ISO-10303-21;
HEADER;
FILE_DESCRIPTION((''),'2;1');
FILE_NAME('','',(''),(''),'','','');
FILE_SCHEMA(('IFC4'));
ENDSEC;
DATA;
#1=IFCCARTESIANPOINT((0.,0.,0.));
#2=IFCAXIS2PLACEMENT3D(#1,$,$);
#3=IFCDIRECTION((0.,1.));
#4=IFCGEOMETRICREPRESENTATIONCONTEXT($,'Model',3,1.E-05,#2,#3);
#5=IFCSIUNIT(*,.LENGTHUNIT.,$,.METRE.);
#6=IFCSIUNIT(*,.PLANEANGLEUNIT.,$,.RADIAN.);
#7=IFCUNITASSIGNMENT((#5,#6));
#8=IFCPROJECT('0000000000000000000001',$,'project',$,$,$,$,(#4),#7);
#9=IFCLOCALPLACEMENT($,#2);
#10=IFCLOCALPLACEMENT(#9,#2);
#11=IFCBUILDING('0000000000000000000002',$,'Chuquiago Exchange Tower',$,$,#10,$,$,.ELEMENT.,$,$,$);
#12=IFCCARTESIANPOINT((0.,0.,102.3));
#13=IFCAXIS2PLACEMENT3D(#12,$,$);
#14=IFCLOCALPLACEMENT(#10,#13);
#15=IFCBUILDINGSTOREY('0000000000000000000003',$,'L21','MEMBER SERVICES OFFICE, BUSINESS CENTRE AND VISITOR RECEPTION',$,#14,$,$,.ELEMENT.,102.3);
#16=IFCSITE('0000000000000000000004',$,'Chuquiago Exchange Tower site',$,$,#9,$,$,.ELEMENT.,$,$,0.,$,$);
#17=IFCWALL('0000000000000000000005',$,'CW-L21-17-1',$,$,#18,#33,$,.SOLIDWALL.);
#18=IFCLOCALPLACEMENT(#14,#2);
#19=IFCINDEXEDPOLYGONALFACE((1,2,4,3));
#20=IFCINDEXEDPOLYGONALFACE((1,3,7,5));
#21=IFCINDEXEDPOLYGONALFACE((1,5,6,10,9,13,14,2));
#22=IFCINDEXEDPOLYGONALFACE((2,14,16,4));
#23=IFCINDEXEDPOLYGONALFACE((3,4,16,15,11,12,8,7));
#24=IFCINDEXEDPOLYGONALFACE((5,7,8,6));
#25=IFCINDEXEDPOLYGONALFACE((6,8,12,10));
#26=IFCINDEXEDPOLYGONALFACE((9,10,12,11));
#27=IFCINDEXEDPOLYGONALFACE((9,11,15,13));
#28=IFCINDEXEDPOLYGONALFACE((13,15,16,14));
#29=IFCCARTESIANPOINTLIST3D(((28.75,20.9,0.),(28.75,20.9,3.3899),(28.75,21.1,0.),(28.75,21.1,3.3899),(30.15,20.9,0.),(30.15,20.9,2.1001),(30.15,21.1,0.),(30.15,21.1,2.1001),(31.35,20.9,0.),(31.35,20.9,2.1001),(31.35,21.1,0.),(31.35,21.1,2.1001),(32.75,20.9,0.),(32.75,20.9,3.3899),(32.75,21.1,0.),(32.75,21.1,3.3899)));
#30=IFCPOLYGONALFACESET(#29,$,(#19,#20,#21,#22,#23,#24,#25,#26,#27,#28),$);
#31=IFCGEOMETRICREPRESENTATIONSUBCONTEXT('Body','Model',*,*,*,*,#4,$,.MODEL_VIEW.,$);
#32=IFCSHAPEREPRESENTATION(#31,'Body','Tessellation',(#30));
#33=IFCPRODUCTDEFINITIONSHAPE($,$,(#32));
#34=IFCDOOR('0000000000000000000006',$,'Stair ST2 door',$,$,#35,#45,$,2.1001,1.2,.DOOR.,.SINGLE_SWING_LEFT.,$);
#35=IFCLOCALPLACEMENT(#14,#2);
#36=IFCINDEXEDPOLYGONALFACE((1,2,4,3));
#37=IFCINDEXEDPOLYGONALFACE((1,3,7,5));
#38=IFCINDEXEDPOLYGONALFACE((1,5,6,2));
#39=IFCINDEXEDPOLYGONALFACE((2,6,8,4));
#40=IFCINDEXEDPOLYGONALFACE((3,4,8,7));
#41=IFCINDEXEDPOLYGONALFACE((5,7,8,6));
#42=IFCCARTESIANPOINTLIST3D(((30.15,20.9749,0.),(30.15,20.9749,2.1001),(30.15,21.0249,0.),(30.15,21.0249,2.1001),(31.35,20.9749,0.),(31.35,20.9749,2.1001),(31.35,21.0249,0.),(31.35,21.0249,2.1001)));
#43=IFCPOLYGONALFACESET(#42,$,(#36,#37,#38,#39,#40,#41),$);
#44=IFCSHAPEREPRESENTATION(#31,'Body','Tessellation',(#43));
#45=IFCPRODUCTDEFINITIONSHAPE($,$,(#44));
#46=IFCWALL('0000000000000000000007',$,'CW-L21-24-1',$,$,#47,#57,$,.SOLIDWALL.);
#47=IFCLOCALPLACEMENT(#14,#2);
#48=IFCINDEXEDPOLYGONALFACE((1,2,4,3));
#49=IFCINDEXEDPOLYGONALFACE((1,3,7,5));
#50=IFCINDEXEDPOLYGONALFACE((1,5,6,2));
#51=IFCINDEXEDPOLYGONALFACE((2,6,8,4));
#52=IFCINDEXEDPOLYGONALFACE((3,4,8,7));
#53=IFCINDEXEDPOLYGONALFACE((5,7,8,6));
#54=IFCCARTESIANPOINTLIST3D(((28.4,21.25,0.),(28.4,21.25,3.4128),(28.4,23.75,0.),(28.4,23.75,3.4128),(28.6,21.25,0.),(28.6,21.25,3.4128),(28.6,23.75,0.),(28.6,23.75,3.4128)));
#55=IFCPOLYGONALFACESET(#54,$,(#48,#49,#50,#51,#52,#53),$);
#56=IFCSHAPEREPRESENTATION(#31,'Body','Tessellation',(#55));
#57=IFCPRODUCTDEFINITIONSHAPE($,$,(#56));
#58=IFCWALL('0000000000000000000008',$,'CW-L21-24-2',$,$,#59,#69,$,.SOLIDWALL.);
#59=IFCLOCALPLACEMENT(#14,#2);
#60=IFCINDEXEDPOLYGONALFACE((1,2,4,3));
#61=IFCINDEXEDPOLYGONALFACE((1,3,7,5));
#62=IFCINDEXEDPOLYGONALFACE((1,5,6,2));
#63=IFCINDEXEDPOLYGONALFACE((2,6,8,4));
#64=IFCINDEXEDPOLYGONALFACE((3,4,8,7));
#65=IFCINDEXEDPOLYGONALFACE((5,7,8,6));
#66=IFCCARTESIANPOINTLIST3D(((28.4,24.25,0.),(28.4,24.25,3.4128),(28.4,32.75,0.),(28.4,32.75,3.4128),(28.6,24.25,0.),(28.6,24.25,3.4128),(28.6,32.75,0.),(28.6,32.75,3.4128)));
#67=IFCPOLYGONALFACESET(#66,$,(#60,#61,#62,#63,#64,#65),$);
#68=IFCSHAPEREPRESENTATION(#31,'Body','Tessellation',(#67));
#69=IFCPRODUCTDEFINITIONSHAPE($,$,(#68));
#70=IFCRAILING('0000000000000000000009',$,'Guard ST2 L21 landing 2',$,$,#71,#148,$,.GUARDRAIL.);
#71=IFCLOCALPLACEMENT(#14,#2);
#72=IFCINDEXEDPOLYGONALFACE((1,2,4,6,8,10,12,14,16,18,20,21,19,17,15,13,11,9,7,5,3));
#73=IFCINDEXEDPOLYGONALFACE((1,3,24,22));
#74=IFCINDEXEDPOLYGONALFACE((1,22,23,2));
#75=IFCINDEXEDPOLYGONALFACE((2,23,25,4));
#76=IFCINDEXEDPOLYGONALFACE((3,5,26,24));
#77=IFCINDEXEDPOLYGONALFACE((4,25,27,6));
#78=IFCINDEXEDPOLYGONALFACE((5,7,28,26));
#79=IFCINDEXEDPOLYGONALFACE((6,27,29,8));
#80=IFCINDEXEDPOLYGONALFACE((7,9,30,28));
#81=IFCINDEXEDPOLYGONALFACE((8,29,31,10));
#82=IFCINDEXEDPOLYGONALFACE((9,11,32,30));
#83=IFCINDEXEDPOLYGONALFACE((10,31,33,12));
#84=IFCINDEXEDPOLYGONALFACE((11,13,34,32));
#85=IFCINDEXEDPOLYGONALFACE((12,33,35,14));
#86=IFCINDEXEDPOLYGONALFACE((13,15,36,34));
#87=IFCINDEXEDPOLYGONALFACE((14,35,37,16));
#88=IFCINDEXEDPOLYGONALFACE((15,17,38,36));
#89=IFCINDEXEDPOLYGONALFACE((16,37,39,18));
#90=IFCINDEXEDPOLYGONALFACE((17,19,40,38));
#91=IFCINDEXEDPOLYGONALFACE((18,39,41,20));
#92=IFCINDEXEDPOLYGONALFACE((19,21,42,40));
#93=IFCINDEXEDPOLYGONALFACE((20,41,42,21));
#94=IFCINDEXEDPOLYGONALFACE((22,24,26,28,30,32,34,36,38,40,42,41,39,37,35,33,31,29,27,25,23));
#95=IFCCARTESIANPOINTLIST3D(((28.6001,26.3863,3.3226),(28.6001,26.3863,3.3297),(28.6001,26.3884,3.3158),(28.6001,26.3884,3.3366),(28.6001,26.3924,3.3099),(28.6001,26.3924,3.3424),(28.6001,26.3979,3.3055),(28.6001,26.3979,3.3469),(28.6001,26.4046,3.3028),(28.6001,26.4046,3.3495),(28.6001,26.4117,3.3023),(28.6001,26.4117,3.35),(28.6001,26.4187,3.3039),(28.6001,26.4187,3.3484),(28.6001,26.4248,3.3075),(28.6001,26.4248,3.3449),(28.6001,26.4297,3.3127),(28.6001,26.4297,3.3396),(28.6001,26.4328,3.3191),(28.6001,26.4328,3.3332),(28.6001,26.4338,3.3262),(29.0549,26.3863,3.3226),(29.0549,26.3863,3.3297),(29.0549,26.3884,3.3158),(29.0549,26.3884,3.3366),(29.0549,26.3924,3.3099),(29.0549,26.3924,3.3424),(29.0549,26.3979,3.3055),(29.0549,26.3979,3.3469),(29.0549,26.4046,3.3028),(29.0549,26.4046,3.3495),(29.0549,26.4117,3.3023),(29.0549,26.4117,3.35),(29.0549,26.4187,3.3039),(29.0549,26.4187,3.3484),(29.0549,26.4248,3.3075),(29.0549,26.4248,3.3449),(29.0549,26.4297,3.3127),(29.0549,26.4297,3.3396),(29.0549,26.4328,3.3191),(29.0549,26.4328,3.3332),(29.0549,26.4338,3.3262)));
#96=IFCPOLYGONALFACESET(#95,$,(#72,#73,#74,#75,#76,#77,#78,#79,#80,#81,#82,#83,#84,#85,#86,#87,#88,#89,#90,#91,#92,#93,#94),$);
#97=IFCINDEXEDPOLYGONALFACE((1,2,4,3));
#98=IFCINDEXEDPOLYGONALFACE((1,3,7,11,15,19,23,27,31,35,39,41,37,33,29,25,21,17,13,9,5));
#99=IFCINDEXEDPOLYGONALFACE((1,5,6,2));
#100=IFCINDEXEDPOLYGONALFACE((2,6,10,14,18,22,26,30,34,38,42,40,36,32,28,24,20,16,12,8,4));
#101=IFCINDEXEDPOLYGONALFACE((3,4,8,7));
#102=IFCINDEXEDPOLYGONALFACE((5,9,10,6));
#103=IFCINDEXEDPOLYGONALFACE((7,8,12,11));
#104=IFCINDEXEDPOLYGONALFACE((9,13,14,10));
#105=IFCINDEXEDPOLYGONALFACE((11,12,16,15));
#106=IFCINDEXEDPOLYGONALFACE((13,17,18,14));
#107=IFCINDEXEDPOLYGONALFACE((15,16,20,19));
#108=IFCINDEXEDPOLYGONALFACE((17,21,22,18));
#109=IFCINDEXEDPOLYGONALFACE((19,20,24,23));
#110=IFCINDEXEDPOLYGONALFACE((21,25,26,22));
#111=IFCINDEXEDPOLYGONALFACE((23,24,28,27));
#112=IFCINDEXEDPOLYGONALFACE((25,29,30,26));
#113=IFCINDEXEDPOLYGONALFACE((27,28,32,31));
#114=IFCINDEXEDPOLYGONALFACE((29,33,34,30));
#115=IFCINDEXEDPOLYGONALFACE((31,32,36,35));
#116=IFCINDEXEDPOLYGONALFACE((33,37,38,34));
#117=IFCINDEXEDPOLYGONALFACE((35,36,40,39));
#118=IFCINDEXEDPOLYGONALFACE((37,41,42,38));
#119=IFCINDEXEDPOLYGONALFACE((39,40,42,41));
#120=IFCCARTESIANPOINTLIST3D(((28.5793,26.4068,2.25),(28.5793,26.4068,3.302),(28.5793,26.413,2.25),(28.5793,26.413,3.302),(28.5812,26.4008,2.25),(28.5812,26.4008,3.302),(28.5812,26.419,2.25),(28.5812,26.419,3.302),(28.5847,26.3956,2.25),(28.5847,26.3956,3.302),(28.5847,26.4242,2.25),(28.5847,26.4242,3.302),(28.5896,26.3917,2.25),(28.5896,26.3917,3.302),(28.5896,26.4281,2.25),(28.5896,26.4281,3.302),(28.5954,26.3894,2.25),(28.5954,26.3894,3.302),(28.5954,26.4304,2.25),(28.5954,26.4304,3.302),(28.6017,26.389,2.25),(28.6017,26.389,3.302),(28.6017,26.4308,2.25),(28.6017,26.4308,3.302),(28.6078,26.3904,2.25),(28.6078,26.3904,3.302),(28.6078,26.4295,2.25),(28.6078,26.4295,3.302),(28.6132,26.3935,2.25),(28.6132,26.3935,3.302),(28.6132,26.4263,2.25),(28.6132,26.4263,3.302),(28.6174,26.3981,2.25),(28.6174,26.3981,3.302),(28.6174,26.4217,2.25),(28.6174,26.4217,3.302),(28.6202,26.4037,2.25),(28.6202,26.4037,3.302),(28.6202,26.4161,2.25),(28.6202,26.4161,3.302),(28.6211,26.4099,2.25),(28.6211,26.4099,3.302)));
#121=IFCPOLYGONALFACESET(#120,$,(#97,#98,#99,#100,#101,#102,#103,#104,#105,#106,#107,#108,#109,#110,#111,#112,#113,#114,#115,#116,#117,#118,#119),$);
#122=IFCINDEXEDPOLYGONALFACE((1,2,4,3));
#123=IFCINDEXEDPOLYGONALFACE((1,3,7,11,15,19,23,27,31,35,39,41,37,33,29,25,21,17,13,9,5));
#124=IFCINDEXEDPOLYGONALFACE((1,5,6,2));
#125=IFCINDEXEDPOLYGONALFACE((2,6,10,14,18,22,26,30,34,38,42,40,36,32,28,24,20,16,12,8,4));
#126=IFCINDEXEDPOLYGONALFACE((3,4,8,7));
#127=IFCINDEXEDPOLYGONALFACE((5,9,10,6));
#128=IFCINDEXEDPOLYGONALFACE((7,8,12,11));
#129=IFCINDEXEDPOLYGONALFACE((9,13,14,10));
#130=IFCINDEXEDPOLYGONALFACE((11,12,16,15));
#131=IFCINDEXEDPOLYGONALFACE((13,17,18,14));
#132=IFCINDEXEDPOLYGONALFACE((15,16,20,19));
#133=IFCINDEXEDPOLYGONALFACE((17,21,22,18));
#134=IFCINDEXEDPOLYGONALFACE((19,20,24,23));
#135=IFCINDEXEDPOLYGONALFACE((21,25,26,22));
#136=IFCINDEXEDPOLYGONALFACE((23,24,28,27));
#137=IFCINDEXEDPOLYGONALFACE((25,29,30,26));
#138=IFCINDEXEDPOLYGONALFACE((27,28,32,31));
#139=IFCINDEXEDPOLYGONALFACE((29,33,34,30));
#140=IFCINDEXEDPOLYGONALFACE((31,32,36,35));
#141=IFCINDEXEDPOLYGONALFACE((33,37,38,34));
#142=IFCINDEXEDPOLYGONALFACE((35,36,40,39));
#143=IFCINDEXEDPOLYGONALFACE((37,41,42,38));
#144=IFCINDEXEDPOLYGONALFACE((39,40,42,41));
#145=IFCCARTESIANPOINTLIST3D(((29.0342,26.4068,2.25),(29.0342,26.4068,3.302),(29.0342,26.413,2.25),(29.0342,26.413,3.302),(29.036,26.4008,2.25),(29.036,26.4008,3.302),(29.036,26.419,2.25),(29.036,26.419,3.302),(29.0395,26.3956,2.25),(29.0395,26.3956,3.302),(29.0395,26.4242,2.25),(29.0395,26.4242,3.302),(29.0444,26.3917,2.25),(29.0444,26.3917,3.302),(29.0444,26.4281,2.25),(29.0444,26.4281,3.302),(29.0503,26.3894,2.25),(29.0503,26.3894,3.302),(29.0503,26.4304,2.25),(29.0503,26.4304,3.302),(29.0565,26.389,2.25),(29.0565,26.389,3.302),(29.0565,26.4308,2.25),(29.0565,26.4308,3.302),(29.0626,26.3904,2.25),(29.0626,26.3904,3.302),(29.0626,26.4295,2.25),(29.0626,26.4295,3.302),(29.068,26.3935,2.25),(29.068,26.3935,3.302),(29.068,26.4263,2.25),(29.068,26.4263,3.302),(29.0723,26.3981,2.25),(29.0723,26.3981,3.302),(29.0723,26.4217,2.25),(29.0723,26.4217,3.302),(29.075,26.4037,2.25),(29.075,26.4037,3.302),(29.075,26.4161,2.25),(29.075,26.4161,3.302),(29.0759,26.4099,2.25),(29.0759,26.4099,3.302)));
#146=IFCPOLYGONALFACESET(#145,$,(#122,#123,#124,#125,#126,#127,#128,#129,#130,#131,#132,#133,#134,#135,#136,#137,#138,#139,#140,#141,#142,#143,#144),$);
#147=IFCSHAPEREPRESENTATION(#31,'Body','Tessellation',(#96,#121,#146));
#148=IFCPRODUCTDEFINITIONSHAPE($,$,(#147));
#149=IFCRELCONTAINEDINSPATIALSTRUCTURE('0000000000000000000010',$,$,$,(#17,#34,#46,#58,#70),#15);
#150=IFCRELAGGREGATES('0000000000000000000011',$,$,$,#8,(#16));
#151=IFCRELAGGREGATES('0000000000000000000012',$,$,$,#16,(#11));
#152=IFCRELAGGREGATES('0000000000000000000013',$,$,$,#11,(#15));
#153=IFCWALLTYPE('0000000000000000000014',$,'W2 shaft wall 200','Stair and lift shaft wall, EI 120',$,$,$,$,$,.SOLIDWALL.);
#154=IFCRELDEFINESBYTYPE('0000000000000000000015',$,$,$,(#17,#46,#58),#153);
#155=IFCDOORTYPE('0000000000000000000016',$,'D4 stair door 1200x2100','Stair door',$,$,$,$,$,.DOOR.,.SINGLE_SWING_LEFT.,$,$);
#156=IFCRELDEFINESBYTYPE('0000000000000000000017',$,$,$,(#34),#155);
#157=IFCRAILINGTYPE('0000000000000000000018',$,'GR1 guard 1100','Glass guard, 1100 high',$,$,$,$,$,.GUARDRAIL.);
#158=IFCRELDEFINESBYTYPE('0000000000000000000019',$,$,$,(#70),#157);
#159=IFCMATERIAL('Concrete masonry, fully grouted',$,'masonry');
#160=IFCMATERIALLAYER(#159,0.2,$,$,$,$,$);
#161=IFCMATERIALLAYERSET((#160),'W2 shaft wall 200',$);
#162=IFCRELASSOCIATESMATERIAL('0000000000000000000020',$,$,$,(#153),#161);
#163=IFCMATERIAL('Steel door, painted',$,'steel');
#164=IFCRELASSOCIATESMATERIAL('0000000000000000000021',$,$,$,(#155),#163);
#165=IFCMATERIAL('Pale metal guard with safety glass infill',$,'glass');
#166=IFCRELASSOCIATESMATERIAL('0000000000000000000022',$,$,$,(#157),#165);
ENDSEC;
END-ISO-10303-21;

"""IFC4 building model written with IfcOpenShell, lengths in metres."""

from ifc_helpers import new_model, si_unit, direction, frame, frame_2d, origin, origin_2d, place, context, subcontext, project, spatial, rectangle, circle, extrude, material, layer, layer_set, type_object, element, fill, save


model = new_model("IFC4")

# Units and contexts
model_context = context("Model", 3, precision=1e-05, world=origin(), true_north=direction((0.0, 1.0)))
body_context = subcontext(model_context, "Body", "Model", "MODEL_VIEW")
ifc_project = project(units=[si_unit("LENGTHUNIT", "METRE"), si_unit("PLANEANGLEUNIT", "RADIAN")], contexts=[model_context])

# Site, building, storey
site_placement = place(None, origin())
site = spatial("IfcSite", under=ifc_project, at=site_placement, Name="Chuquiago Exchange Tower site", CompositionType="ELEMENT", RefElevation=0.0)
building_placement = place(site_placement, origin())
building = spatial("IfcBuilding", under=site, at=building_placement, Name="Chuquiago Exchange Tower", CompositionType="ELEMENT")
storey_placement = place(building_placement, frame((0.0, 0.0, 102.3)))
storey = spatial("IfcBuildingStorey", under=building, at=storey_placement, Name="L21", Description="MEMBER SERVICES OFFICE, BUSINESS CENTRE AND VISITOR RECEPTION", CompositionType="ELEMENT", Elevation=102.3)

# Shared definitions
ifc_material_1 = material(Name="Concrete masonry, fully grouted", Category="masonry")
ifc_layer = layer(ifc_material_1, 0.2)
ifc_layer_set = layer_set([ifc_layer], Name="W2 shaft wall 200")
wall_type = type_object("IfcWallType", Name="W2 shaft wall 200", Description="Stair and lift shaft wall, EI 120", PredefinedType="SOLIDWALL", material=ifc_layer_set)

# Wall, opening, door
wall_1_placement = place(storey_placement, frame((28.75, 21.0, 0.0), z_axis=(0.0, 0.0, 1.0), x_axis=(1.0, 0.0, 0.0)))
wall_1 = element("IfcWall", 1, at=wall_1_placement, inside=storey, type_object=wall_type, Name="CW-L21-17-1", PredefinedType="SOLIDWALL", context=body_context, shape_type="SweptSolid", body=[
    extrude(rectangle(XDim=4.0, YDim=0.2, at=frame_2d((2.0, 0.0))), origin(), (0.0, 0.0, 1.0), 3.3899),
])
opening_placement = place(wall_1_placement, frame((1.3999, 0.0, 0.0)))
opening = element("IfcOpeningElement", 2, at=opening_placement, cuts=wall_1, PredefinedType="OPENING", context=body_context, shape_type="SweptSolid", body=[
    extrude(rectangle(XDim=1.2, YDim=2.1001, at=frame_2d((0.6001, 1.05))), frame((0.0, 0.1099, 0.0), z_axis=(0.0, -1.0, 0.0), x_axis=(1.0, 0.0, 0.0)), (0.0, 0.0, 1.0), 0.22),
])
ifc_material_2 = material(Name="Steel door, painted", Category="steel")
door_type = type_object("IfcDoorType", Name="D4 stair door 1200x2100", Description="Stair door", OperationType="SINGLE_SWING_LEFT", PredefinedType="DOOR", material=ifc_material_2)
door_placement = place(opening_placement, origin())
door = element("IfcDoor", 3, at=door_placement, inside=storey, type_object=door_type, Name="Stair ST2 door", OperationType="SINGLE_SWING_LEFT", OverallHeight=2.1001, OverallWidth=1.2, PredefinedType="DOOR", context=body_context, shape_type="SweptSolid", body=[
    extrude(rectangle(XDim=1.2, YDim=2.1001, at=frame_2d((0.6001, 1.05))), frame((0.0, 0.0249, 0.0), z_axis=(0.0, -1.0, 0.0), x_axis=(1.0, 0.0, 0.0)), (0.0, 0.0, 1.0), 0.05),
])
fill(opening, door)

# Walls
wall_2_placement = place(storey_placement, frame((28.5, 21.25, 0.0), z_axis=(0.0, 0.0, 1.0), x_axis=(0.0, 1.0, 0.0)))
element("IfcWall", 4, at=wall_2_placement, inside=storey, type_object=wall_type, Name="CW-L21-24-1", PredefinedType="SOLIDWALL", context=body_context, shape_type="SweptSolid", body=[
    extrude(rectangle(XDim=2.5, YDim=0.2, at=frame_2d((1.25, 0.0))), origin(), (0.0, 0.0, 1.0), 3.4128),
])
wall_3_placement = place(storey_placement, frame((28.5, 24.25, 0.0), z_axis=(0.0, 0.0, 1.0), x_axis=(0.0, 1.0, 0.0)))
element("IfcWall", 5, at=wall_3_placement, inside=storey, type_object=wall_type, Name="CW-L21-24-2", PredefinedType="SOLIDWALL", context=body_context, shape_type="SweptSolid", body=[
    extrude(rectangle(XDim=8.5, YDim=0.2, at=frame_2d((4.25, 0.0))), origin(), (0.0, 0.0, 1.0), 3.4128),
])

# Railing
ifc_material_3 = material(Name="Pale metal guard with safety glass infill", Category="glass")
railing_type_1 = type_object("IfcRailingType", Name="GR1 guard 1100", Description="Glass guard, 1100 high", PredefinedType="GUARDRAIL", material=ifc_material_3)
railing_1_placement = place(storey_placement, frame((28.6001, 26.4099, 2.25)))
element("IfcRailing", 6, at=railing_1_placement, inside=storey, type_object=railing_type_1, Name="Guard ST2 L21 landing 2", PredefinedType="GUARDRAIL", context=body_context, shape_type="SweptSolid", body=[
    extrude(circle(Radius=0.0239, at=origin_2d()), frame((0.0, 0.0, 1.0762), z_axis=(1.0, 0.0, 0.0), x_axis=(0.0, 1.0, 0.0)), (0.0, 0.0, 1.0), 0.4548),
    extrude(circle(Radius=0.021, at=origin_2d()), origin(), (0.0, 0.0, 1.0), 1.052),
    extrude(circle(Radius=0.021, at=origin_2d()), frame((0.4548, 0.0, 0.0)), (0.0, 0.0, 1.0), 1.052),
])

save(model, "model.ifc")
